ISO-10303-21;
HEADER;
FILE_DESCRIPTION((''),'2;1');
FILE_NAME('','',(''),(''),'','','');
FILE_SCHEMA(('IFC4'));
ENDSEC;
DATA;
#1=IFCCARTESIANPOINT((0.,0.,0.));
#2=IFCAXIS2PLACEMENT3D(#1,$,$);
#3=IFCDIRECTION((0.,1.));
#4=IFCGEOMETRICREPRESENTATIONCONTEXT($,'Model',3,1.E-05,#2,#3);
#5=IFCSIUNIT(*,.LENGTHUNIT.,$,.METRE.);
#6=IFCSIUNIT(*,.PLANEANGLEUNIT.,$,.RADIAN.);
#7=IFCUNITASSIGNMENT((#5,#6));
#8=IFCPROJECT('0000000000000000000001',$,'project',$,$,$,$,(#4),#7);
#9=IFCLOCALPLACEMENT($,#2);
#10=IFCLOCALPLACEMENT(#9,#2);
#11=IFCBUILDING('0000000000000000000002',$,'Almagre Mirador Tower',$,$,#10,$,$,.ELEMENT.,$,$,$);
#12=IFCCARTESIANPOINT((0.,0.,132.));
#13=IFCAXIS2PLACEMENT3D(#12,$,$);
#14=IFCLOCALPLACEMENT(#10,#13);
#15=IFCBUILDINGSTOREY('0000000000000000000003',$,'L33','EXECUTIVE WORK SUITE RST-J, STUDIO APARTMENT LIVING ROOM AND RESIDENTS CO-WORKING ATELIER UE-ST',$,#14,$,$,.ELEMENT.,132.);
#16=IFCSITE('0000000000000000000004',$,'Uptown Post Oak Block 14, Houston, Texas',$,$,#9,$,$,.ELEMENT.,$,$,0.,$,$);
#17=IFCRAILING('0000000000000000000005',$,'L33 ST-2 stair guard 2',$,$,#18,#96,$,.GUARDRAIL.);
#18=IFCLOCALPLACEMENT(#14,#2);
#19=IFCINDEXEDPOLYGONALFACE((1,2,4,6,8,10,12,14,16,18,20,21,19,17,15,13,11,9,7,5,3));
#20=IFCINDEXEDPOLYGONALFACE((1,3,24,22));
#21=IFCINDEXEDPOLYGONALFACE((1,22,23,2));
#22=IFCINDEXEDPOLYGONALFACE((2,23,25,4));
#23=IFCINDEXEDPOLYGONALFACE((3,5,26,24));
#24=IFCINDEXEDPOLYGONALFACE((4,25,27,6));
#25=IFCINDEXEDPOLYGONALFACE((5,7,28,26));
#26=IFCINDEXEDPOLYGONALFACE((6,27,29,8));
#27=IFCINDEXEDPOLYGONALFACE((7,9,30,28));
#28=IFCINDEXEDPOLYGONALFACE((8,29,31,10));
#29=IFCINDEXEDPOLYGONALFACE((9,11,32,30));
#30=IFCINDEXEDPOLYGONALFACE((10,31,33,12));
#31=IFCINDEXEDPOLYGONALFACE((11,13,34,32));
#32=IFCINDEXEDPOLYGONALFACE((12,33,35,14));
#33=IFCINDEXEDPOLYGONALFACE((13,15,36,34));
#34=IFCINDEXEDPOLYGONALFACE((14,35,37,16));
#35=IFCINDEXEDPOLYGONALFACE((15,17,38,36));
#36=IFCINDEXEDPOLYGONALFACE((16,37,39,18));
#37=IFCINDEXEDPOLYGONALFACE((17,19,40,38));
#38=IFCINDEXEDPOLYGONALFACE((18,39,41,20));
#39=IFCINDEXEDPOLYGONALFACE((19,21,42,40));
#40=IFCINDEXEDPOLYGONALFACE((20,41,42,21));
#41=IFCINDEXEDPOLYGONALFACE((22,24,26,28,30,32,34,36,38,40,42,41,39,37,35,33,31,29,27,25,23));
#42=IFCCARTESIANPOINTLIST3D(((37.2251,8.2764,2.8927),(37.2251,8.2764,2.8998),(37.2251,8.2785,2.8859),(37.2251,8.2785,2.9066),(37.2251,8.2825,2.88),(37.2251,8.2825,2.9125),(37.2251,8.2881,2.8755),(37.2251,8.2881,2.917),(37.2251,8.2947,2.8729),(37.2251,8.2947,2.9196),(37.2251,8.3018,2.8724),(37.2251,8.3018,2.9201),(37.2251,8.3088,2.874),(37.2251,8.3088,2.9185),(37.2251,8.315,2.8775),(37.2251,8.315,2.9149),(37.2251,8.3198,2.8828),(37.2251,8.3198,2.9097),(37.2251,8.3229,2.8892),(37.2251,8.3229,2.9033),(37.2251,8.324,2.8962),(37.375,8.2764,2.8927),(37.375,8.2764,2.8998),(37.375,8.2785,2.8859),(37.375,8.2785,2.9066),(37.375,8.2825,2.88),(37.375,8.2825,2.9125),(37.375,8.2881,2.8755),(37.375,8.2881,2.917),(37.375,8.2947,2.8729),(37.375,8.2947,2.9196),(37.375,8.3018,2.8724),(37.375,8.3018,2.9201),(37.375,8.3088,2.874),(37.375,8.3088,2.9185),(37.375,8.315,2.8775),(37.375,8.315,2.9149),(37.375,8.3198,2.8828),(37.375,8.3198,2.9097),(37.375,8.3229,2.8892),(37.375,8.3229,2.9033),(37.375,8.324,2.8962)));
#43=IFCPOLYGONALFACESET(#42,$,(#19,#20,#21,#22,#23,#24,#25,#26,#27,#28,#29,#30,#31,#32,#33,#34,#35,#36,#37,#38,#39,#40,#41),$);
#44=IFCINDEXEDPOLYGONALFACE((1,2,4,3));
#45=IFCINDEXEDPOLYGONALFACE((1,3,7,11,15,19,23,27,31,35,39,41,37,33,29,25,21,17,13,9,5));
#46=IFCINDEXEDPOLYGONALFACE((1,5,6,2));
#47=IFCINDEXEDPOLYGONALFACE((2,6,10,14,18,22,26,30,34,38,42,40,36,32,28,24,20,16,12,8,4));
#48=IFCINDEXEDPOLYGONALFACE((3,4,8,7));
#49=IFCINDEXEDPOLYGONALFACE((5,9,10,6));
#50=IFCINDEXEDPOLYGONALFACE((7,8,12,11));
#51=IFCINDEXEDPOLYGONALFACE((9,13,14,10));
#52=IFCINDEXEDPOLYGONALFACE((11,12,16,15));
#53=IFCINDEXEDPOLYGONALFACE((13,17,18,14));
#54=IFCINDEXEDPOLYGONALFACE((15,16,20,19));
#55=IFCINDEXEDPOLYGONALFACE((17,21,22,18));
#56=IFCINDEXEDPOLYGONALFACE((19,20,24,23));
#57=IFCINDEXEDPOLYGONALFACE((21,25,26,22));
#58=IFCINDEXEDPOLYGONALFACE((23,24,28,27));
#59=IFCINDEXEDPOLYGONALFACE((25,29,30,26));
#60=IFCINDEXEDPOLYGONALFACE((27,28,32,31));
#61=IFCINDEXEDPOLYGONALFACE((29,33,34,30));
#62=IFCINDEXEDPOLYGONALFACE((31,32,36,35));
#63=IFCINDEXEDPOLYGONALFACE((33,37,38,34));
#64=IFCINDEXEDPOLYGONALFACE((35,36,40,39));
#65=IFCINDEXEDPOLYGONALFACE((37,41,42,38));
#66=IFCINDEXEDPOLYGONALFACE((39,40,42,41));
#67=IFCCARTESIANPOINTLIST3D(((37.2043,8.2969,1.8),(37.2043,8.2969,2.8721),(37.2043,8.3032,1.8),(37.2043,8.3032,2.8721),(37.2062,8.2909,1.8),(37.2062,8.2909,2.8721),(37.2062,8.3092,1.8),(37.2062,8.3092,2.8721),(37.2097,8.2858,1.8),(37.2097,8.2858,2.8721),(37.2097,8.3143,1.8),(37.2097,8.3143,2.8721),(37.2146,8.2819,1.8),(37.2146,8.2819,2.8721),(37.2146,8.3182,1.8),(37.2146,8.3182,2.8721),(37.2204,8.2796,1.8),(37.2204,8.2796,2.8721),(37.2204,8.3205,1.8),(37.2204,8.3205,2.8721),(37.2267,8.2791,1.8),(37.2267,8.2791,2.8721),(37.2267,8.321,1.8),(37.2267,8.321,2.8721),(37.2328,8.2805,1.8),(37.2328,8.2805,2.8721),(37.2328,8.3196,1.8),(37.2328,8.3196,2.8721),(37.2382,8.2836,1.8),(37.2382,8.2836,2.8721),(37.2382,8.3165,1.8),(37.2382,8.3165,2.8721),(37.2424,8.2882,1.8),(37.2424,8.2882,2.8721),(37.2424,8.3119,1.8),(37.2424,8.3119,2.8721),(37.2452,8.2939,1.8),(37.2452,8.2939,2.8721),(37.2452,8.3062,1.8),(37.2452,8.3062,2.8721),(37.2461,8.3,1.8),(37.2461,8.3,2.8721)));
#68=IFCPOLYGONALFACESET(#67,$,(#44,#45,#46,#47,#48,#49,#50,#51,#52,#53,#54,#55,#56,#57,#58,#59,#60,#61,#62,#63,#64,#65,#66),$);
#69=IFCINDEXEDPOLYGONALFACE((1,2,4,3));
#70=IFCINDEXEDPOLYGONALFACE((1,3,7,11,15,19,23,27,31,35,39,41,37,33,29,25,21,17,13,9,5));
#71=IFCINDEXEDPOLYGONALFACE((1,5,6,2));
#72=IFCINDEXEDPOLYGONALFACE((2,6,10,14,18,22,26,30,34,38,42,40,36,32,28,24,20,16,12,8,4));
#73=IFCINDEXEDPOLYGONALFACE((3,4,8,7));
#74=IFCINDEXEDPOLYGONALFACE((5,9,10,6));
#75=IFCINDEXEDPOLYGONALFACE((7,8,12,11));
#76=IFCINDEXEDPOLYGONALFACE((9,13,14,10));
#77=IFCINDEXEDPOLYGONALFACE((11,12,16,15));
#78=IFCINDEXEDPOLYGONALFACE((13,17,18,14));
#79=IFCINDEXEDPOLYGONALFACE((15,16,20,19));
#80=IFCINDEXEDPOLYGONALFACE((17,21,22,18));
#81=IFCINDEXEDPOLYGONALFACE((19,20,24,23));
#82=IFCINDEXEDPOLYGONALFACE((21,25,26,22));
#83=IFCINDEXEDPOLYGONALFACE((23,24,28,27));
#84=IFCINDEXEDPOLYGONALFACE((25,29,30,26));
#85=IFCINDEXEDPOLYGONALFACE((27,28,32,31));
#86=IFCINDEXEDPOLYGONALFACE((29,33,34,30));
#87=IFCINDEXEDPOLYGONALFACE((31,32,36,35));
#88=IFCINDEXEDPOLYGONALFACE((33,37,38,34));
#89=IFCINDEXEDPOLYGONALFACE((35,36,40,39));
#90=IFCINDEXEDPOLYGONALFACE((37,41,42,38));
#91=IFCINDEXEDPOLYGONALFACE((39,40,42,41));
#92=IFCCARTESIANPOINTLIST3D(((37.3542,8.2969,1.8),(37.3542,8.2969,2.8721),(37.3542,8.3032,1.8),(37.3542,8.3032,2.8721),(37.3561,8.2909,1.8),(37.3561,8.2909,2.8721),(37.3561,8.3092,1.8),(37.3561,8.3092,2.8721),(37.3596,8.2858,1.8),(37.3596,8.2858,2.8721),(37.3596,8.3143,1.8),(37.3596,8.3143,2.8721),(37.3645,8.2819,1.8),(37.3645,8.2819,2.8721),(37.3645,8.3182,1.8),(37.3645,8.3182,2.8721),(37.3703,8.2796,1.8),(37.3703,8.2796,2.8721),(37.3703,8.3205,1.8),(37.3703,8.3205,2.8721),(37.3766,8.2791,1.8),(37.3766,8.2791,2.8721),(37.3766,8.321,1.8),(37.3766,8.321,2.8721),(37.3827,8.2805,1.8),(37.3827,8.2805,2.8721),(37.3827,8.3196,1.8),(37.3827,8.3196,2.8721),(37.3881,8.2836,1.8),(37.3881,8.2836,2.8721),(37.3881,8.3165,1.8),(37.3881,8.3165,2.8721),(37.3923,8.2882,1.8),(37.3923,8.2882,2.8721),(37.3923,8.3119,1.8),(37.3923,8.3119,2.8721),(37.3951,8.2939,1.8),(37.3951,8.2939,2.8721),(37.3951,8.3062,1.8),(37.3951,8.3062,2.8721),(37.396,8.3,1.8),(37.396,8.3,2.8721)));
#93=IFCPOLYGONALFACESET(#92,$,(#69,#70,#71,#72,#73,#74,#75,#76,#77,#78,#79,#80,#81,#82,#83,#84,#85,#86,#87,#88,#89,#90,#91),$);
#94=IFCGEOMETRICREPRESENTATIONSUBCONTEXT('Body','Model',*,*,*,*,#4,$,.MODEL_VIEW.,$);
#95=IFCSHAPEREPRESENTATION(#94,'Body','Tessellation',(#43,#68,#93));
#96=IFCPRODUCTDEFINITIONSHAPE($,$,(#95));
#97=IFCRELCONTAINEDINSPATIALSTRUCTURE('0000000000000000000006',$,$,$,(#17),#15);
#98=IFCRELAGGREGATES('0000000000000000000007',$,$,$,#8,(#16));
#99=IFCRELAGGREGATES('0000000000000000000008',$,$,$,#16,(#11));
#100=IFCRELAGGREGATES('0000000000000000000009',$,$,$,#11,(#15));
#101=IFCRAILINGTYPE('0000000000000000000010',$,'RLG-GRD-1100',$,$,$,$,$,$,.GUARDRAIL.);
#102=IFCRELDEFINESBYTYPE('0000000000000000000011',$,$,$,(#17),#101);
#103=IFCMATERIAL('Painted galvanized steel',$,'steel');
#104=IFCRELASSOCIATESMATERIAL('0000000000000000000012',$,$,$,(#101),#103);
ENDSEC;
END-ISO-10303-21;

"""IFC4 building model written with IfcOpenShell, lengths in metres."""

from ifc_helpers import new_model, si_unit, direction, frame, origin, origin_2d, place, context, subcontext, project, spatial, circle, extrude, material, type_object, element, save


model = new_model("IFC4")

# Units and contexts
model_context = context("Model", 3, precision=1e-05, world=origin(), true_north=direction((0.0, 1.0)))
body_context = subcontext(model_context, "Body", "Model", "MODEL_VIEW")
ifc_project = project(units=[si_unit("LENGTHUNIT", "METRE"), si_unit("PLANEANGLEUNIT", "RADIAN")], contexts=[model_context])

# Site, building, storey
site_placement = place(None, origin())
site = spatial("IfcSite", under=ifc_project, at=site_placement, Name="Uptown Post Oak Block 14, Houston, Texas", CompositionType="ELEMENT", RefElevation=0.0)
building_placement = place(site_placement, origin())
building = spatial("IfcBuilding", under=site, at=building_placement, Name="Almagre Mirador Tower", CompositionType="ELEMENT")
storey_placement = place(building_placement, frame((0.0, 0.0, 132.0)))
storey = spatial("IfcBuildingStorey", under=building, at=storey_placement, Name="L33", Description="EXECUTIVE WORK SUITE RST-J, STUDIO APARTMENT LIVING ROOM AND RESIDENTS CO-WORKING ATELIER UE-ST", CompositionType="ELEMENT", Elevation=132.0)

# Railing
ifc_material_1 = material(Name="Painted galvanized steel", Category="steel")
railing_type_1 = type_object("IfcRailingType", Name="RLG-GRD-1100", PredefinedType="GUARDRAIL", material=ifc_material_1)
railing_1_placement = place(storey_placement, frame((37.2251, 8.3, 1.8)))
element("IfcRailing", 1, at=railing_1_placement, inside=storey, type_object=railing_type_1, Name="L33 ST-2 stair guard 2", PredefinedType="GUARDRAIL", context=body_context, shape_type="SweptSolid", body=[
    extrude(circle(Radius=0.0239, at=origin_2d()), frame((0.0, 0.0, 1.0962), z_axis=(1.0, 0.0, 0.0), x_axis=(0.0, 1.0, 0.0)), (0.0, 0.0, 1.0), 0.1499),
    extrude(circle(Radius=0.021, at=origin_2d()), origin(), (0.0, 0.0, 1.0), 1.072),
    extrude(circle(Radius=0.021, at=origin_2d()), frame((0.1499, 0.0, 0.0)), (0.0, 0.0, 1.0), 1.072),
])

save(model, "model.ifc")
